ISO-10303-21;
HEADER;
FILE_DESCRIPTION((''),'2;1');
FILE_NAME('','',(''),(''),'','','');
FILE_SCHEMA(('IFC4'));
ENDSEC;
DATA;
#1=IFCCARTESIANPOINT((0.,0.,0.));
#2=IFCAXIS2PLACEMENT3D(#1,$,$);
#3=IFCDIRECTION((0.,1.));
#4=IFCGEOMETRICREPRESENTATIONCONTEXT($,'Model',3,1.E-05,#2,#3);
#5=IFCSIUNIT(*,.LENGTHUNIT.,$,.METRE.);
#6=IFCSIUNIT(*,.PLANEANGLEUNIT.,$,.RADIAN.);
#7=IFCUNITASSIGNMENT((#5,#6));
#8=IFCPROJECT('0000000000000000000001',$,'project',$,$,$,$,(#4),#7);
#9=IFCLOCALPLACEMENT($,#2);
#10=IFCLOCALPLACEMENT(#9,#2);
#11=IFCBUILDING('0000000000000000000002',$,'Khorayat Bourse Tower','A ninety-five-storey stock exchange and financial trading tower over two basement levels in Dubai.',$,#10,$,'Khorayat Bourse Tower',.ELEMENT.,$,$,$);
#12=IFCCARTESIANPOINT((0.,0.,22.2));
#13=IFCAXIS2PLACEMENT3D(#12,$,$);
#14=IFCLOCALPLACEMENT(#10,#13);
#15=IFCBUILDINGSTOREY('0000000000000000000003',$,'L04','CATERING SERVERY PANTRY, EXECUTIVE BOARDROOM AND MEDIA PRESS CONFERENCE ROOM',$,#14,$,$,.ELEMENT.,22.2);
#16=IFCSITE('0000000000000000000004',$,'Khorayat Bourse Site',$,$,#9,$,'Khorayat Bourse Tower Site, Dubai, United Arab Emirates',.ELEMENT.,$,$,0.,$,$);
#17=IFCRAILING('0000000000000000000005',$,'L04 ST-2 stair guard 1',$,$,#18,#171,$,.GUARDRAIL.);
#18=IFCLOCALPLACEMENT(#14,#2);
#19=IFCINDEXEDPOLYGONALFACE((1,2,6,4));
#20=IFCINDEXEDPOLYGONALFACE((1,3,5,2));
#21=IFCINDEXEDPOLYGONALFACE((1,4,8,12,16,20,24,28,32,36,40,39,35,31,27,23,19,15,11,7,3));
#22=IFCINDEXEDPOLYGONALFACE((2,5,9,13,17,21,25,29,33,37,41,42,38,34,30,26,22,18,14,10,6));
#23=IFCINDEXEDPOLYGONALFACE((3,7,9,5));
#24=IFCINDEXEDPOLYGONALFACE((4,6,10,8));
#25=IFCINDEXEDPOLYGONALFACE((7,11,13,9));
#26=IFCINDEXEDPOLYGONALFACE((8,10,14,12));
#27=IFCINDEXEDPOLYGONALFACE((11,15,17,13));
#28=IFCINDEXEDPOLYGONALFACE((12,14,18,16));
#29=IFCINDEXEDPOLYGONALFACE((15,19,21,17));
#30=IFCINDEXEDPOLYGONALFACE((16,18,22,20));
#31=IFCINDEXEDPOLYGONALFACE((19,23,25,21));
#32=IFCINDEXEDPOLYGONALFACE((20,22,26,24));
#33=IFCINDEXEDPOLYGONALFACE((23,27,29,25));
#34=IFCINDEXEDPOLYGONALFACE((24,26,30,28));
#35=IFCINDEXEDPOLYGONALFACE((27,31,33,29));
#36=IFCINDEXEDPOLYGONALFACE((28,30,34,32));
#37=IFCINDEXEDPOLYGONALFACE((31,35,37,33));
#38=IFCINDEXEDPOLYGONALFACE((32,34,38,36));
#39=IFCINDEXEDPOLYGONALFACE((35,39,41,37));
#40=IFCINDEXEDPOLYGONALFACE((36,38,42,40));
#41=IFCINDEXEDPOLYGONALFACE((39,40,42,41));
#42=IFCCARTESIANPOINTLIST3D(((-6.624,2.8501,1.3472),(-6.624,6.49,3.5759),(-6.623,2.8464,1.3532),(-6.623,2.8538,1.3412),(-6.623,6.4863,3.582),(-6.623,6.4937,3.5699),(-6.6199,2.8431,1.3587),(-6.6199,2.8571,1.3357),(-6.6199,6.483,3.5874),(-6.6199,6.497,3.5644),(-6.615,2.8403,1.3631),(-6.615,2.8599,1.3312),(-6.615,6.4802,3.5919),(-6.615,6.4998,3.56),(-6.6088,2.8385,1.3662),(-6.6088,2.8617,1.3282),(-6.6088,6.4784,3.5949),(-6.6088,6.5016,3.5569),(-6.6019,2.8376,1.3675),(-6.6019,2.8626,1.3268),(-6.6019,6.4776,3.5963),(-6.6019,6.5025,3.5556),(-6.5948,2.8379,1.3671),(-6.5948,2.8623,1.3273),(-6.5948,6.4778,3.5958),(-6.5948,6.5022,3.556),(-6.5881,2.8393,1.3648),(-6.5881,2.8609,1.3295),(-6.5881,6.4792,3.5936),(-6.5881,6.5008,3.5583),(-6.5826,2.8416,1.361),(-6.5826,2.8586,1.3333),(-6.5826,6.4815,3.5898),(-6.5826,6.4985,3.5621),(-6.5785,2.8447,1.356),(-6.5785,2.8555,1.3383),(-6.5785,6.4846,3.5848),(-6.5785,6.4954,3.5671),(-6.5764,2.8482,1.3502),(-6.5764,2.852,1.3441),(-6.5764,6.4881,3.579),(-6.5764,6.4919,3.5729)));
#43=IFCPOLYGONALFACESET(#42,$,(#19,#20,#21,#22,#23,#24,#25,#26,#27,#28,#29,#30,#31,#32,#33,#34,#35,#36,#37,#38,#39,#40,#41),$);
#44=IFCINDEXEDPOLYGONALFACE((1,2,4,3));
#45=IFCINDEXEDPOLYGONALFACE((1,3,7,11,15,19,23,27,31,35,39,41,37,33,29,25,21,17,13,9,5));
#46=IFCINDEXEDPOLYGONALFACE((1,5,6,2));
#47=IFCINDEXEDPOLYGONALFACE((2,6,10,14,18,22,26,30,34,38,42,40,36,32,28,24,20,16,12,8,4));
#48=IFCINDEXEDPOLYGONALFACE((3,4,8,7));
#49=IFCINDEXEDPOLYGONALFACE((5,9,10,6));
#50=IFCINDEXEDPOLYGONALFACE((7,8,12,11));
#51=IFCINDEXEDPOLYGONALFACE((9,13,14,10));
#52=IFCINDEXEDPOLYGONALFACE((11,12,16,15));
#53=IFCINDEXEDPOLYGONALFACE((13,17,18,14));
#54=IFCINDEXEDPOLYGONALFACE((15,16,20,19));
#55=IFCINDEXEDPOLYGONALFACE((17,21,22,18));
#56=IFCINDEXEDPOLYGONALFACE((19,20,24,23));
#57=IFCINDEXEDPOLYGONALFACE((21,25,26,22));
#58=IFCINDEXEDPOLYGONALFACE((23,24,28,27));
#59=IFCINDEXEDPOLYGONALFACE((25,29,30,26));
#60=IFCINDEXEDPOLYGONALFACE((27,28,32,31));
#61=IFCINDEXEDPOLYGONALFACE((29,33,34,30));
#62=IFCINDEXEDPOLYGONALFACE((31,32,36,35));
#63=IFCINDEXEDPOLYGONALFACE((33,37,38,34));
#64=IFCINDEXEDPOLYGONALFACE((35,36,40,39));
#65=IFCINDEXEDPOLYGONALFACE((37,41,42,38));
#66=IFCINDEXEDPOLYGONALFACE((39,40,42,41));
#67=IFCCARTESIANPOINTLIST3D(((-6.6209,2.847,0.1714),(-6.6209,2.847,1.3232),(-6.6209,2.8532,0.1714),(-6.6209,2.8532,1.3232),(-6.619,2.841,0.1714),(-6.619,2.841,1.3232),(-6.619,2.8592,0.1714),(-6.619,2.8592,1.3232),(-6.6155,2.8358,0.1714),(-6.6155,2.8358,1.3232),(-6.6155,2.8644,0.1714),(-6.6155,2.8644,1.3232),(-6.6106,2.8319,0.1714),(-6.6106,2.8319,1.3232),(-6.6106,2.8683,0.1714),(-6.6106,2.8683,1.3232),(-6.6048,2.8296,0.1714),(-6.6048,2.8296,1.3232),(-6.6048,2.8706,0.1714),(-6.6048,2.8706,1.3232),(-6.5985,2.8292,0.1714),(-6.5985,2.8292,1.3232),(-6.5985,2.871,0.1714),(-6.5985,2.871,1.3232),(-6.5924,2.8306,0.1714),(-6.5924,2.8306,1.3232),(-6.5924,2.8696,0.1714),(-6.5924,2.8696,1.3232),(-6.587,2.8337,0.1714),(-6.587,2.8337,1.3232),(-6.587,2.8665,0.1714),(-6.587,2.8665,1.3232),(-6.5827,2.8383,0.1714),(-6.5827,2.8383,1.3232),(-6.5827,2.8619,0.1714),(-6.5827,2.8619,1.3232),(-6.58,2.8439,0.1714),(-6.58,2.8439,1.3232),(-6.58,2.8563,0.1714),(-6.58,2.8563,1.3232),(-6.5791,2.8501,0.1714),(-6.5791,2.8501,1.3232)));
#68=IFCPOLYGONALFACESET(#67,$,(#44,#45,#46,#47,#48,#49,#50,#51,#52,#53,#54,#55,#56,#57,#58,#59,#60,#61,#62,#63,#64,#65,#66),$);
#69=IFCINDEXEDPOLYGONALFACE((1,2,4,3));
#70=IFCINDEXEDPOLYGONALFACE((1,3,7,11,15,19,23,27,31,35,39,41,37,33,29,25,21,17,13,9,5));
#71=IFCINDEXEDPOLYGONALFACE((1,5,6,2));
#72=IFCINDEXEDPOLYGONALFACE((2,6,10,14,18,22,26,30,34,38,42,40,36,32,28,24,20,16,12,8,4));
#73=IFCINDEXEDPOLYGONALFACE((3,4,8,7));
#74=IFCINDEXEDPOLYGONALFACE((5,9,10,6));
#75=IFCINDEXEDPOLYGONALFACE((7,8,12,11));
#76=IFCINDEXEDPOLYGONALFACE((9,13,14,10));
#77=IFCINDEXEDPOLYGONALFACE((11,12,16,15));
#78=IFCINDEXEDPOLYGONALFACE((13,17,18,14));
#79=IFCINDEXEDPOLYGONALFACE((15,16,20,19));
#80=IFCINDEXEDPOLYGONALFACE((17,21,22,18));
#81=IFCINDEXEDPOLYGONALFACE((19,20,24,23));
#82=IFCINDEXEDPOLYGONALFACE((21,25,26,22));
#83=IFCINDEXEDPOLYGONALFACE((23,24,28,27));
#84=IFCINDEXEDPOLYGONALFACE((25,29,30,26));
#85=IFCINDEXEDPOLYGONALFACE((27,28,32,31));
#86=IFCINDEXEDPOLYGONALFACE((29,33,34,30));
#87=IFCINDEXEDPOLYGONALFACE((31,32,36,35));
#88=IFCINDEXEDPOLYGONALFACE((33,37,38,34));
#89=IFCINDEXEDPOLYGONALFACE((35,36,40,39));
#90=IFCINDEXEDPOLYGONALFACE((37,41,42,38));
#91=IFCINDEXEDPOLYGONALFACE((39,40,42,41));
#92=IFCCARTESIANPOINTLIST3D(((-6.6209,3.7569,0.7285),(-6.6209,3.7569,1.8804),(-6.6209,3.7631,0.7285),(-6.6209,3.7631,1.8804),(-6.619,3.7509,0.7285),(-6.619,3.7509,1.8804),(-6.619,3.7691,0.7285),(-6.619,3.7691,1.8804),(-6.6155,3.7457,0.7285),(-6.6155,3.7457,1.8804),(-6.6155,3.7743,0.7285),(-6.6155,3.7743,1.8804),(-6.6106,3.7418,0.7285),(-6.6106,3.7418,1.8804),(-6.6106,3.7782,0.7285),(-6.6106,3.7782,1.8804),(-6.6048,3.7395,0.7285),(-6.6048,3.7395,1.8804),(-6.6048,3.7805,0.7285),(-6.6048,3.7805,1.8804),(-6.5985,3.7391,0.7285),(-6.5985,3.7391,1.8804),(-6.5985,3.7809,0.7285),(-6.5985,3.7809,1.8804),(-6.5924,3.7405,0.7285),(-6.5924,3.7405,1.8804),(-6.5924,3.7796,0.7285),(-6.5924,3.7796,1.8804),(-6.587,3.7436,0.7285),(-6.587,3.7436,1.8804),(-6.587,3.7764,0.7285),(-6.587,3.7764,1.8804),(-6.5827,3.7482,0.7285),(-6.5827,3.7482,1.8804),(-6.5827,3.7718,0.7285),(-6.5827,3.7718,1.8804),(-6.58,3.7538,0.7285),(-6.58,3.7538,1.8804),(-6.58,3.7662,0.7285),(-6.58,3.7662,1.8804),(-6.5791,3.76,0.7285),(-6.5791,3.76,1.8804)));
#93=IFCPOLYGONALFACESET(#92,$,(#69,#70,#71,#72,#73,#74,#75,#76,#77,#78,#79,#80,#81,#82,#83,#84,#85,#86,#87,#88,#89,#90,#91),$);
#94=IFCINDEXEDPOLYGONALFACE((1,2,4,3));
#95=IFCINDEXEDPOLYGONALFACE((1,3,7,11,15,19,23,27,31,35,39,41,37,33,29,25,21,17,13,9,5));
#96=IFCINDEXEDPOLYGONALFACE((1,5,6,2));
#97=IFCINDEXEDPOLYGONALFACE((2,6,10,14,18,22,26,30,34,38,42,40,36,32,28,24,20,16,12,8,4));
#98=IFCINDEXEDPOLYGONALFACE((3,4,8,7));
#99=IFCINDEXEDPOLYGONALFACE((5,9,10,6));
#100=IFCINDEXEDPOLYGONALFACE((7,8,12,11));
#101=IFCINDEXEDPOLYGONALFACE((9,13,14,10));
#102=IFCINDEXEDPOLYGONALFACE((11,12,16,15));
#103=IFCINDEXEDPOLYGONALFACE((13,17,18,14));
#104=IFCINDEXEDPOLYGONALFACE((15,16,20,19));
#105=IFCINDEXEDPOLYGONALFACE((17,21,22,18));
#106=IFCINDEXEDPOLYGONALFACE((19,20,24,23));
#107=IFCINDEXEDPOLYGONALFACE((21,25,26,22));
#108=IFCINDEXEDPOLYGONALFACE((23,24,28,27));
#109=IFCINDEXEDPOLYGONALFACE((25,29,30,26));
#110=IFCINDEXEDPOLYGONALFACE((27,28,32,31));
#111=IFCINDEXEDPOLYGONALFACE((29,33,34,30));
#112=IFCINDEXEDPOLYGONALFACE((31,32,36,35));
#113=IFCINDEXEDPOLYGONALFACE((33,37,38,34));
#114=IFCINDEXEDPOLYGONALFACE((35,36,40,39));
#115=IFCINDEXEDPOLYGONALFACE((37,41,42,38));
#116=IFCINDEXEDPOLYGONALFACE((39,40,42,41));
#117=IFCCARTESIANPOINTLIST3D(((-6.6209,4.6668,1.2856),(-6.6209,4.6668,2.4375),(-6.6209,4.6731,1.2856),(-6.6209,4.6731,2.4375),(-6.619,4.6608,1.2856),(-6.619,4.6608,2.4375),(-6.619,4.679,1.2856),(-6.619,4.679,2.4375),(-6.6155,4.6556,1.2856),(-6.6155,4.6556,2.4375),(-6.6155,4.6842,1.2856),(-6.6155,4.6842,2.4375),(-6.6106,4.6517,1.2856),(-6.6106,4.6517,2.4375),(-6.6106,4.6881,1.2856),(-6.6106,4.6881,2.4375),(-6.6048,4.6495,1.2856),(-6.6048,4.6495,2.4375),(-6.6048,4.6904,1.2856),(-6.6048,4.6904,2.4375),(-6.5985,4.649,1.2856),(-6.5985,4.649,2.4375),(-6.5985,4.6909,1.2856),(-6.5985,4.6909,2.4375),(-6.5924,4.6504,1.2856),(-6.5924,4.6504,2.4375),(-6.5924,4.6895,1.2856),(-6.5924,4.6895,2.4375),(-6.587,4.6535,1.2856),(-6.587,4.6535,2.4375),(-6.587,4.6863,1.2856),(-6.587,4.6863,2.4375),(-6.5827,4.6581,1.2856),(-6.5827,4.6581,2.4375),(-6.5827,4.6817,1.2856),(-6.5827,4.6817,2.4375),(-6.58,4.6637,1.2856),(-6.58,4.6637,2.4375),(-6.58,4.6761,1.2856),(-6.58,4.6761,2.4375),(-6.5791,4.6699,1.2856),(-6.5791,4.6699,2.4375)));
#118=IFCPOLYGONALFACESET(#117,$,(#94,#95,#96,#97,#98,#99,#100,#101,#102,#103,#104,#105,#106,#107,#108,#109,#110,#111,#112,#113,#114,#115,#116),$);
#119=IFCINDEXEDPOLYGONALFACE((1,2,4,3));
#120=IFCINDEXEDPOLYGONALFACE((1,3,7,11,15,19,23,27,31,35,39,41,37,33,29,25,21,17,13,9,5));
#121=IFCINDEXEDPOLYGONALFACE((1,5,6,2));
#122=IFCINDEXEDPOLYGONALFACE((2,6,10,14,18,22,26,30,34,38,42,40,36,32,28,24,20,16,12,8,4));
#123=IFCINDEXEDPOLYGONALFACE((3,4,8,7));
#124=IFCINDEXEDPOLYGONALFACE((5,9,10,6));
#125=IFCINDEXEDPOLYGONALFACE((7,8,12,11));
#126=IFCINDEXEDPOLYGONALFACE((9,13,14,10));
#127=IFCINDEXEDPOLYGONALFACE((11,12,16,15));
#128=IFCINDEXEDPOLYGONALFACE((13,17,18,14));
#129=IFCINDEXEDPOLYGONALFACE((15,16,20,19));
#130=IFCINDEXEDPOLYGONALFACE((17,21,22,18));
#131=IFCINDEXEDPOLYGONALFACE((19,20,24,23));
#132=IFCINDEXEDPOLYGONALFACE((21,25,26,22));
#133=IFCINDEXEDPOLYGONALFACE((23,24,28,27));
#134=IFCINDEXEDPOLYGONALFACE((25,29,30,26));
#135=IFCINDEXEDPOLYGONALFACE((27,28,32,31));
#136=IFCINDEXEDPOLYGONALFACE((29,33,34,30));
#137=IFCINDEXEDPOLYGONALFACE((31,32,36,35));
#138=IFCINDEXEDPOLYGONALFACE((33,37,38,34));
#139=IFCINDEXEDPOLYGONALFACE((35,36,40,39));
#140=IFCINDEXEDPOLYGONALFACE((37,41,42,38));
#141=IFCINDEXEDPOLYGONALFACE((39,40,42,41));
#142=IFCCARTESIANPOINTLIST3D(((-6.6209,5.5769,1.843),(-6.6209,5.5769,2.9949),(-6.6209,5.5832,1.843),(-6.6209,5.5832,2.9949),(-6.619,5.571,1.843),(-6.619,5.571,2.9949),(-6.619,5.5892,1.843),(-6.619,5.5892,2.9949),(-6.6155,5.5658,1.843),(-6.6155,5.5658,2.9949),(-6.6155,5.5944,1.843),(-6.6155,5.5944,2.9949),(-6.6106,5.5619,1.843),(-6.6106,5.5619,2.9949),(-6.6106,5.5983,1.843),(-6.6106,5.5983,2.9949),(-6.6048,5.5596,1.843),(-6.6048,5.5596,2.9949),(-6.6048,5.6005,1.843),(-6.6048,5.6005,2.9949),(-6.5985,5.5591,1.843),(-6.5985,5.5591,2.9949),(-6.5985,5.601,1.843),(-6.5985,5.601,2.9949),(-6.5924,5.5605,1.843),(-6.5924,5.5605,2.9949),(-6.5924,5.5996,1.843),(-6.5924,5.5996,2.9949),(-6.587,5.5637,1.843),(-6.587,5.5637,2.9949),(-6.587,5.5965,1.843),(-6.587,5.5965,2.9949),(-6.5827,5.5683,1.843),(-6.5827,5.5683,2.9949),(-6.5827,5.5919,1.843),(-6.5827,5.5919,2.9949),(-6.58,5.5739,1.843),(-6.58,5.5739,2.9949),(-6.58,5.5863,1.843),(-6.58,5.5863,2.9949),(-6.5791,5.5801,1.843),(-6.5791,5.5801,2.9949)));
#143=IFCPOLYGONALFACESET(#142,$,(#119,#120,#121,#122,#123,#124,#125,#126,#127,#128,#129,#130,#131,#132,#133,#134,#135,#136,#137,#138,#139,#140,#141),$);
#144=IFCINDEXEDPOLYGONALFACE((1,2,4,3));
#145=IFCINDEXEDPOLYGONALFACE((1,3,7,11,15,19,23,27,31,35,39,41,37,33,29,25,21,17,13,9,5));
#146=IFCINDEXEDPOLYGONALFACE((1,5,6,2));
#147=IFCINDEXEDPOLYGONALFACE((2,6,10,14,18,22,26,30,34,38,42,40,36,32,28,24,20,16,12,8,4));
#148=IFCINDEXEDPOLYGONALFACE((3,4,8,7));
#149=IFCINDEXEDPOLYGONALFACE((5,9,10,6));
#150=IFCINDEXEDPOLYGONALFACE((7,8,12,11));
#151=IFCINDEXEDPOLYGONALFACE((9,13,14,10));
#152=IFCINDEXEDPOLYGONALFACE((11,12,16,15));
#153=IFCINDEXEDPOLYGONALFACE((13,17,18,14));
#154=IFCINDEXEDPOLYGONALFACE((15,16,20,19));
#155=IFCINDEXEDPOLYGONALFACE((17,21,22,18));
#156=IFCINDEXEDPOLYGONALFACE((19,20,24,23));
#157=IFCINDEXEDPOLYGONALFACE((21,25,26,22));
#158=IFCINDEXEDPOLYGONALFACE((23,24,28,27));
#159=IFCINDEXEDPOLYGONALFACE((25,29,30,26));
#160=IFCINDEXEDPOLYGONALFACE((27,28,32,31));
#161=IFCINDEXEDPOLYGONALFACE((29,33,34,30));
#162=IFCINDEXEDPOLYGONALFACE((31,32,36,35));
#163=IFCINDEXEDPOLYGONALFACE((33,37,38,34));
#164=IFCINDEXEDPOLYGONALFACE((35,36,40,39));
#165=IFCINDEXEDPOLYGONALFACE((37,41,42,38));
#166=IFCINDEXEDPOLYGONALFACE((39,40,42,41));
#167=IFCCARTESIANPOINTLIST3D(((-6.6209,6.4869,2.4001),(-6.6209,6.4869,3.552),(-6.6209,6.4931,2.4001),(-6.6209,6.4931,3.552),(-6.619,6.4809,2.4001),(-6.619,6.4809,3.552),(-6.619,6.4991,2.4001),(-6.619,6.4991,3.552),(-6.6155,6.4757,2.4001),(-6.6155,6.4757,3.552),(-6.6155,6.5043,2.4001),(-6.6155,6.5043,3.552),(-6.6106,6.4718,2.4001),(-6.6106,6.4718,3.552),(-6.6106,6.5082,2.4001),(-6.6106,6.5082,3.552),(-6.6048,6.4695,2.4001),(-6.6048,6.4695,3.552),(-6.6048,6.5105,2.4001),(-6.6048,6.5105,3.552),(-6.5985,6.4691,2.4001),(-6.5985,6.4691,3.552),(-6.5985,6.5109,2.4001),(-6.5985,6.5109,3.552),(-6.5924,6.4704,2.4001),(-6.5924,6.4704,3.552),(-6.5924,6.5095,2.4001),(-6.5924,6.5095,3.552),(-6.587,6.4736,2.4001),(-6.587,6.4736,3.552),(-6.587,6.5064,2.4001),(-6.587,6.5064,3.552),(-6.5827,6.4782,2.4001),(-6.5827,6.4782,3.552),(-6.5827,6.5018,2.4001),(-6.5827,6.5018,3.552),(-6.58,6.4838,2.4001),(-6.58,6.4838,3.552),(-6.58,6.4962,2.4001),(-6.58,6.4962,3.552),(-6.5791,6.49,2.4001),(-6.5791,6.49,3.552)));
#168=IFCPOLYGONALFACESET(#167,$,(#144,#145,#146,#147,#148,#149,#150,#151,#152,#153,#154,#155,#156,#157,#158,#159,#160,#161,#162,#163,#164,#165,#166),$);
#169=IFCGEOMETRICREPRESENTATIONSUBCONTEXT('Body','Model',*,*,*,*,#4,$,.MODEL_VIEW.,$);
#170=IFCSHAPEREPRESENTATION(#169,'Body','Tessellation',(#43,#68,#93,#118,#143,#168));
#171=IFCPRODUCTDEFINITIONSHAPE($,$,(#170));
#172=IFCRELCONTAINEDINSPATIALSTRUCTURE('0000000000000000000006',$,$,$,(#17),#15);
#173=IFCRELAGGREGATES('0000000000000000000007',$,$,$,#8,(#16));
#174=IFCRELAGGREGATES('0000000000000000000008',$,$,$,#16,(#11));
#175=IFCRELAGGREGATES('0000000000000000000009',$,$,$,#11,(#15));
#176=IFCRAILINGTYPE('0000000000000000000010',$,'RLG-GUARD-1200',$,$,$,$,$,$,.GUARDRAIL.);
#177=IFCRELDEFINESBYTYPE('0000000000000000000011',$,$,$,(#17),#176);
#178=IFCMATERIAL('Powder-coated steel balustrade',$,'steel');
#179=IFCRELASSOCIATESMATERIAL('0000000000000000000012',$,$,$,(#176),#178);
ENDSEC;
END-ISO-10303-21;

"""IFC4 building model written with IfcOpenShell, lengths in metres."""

from ifc_helpers import new_model, si_unit, direction, frame, origin, origin_2d, place, context, subcontext, project, spatial, circle, extrude, source, transform, mapped, material, type_object, element, save


model = new_model("IFC4")

# Units and contexts
model_context = context("Model", 3, precision=1e-05, world=origin(), true_north=direction((0.0, 1.0)))
body_context = subcontext(model_context, "Body", "Model", "MODEL_VIEW")
ifc_project = project(units=[si_unit("LENGTHUNIT", "METRE"), si_unit("PLANEANGLEUNIT", "RADIAN")], contexts=[model_context])

# Site, building, storey
site_placement = place(None, origin())
site = spatial("IfcSite", under=ifc_project, at=site_placement, Name="Khorayat Bourse Site", LongName="Khorayat Bourse Tower Site, Dubai, United Arab Emirates", CompositionType="ELEMENT", RefElevation=0.0)
building_placement = place(site_placement, origin())
building = spatial("IfcBuilding", under=site, at=building_placement, Name="Khorayat Bourse Tower", Description="A ninety-five-storey stock exchange and financial trading tower over two basement levels in Dubai.", LongName="Khorayat Bourse Tower", CompositionType="ELEMENT")
storey_placement = place(building_placement, frame((0.0, 0.0, 22.2)))
storey = spatial("IfcBuildingStorey", under=building, at=storey_placement, Name="L04", Description="CATERING SERVERY PANTRY, EXECUTIVE BOARDROOM AND MEDIA PRESS CONFERENCE ROOM", CompositionType="ELEMENT", Elevation=22.2)

# Railing
ifc_material_1 = material(Name="Powder-coated steel balustrade", Category="steel")
railing_type_1 = type_object("IfcRailingType", Name="RLG-GUARD-1200", PredefinedType="GUARDRAIL", material=ifc_material_1)
shared_shape_1 = source(origin(), body_context, "Body", "SweptSolid", [
    extrude(circle(Radius=0.0239, at=origin_2d()), frame((0.0, 0.0, 1.1758), z_axis=(0.0, 0.852825, 0.522197), x_axis=(-1.0, 0.0, 0.0)), (0.0, 0.0, 1.0), 4.2681),
    extrude(circle(Radius=0.021, at=origin_2d()), origin(), (0.0, 0.0, 1.0), 1.1519),
    extrude(circle(Radius=0.021, at=origin_2d()), frame((0.0, 0.9099, 0.5571)), (0.0, 0.0, 1.0), 1.1519),
    extrude(circle(Radius=0.021, at=origin_2d()), frame((0.0, 1.8198, 1.1143)), (0.0, 0.0, 1.0), 1.1519),
    extrude(circle(Radius=0.021, at=origin_2d()), frame((0.0, 2.73, 1.6716)), (0.0, 0.0, 1.0), 1.1519),
    extrude(circle(Radius=0.021, at=origin_2d()), frame((0.0, 3.6399, 2.2288)), (0.0, 0.0, 1.0), 1.1519),
])
railing_1_placement = place(storey_placement, frame((-6.6001, 2.8501, 0.1714)))
element("IfcRailing", 1, at=railing_1_placement, inside=storey, type_object=railing_type_1, Name="L04 ST-2 stair guard 1", PredefinedType="GUARDRAIL", context=body_context, shape_type="MappedRepresentation", body=[
    mapped(shared_shape_1, transform((0.0, 0.0, 0.0), scale=1.0)),
])

save(model, "model.ifc")
